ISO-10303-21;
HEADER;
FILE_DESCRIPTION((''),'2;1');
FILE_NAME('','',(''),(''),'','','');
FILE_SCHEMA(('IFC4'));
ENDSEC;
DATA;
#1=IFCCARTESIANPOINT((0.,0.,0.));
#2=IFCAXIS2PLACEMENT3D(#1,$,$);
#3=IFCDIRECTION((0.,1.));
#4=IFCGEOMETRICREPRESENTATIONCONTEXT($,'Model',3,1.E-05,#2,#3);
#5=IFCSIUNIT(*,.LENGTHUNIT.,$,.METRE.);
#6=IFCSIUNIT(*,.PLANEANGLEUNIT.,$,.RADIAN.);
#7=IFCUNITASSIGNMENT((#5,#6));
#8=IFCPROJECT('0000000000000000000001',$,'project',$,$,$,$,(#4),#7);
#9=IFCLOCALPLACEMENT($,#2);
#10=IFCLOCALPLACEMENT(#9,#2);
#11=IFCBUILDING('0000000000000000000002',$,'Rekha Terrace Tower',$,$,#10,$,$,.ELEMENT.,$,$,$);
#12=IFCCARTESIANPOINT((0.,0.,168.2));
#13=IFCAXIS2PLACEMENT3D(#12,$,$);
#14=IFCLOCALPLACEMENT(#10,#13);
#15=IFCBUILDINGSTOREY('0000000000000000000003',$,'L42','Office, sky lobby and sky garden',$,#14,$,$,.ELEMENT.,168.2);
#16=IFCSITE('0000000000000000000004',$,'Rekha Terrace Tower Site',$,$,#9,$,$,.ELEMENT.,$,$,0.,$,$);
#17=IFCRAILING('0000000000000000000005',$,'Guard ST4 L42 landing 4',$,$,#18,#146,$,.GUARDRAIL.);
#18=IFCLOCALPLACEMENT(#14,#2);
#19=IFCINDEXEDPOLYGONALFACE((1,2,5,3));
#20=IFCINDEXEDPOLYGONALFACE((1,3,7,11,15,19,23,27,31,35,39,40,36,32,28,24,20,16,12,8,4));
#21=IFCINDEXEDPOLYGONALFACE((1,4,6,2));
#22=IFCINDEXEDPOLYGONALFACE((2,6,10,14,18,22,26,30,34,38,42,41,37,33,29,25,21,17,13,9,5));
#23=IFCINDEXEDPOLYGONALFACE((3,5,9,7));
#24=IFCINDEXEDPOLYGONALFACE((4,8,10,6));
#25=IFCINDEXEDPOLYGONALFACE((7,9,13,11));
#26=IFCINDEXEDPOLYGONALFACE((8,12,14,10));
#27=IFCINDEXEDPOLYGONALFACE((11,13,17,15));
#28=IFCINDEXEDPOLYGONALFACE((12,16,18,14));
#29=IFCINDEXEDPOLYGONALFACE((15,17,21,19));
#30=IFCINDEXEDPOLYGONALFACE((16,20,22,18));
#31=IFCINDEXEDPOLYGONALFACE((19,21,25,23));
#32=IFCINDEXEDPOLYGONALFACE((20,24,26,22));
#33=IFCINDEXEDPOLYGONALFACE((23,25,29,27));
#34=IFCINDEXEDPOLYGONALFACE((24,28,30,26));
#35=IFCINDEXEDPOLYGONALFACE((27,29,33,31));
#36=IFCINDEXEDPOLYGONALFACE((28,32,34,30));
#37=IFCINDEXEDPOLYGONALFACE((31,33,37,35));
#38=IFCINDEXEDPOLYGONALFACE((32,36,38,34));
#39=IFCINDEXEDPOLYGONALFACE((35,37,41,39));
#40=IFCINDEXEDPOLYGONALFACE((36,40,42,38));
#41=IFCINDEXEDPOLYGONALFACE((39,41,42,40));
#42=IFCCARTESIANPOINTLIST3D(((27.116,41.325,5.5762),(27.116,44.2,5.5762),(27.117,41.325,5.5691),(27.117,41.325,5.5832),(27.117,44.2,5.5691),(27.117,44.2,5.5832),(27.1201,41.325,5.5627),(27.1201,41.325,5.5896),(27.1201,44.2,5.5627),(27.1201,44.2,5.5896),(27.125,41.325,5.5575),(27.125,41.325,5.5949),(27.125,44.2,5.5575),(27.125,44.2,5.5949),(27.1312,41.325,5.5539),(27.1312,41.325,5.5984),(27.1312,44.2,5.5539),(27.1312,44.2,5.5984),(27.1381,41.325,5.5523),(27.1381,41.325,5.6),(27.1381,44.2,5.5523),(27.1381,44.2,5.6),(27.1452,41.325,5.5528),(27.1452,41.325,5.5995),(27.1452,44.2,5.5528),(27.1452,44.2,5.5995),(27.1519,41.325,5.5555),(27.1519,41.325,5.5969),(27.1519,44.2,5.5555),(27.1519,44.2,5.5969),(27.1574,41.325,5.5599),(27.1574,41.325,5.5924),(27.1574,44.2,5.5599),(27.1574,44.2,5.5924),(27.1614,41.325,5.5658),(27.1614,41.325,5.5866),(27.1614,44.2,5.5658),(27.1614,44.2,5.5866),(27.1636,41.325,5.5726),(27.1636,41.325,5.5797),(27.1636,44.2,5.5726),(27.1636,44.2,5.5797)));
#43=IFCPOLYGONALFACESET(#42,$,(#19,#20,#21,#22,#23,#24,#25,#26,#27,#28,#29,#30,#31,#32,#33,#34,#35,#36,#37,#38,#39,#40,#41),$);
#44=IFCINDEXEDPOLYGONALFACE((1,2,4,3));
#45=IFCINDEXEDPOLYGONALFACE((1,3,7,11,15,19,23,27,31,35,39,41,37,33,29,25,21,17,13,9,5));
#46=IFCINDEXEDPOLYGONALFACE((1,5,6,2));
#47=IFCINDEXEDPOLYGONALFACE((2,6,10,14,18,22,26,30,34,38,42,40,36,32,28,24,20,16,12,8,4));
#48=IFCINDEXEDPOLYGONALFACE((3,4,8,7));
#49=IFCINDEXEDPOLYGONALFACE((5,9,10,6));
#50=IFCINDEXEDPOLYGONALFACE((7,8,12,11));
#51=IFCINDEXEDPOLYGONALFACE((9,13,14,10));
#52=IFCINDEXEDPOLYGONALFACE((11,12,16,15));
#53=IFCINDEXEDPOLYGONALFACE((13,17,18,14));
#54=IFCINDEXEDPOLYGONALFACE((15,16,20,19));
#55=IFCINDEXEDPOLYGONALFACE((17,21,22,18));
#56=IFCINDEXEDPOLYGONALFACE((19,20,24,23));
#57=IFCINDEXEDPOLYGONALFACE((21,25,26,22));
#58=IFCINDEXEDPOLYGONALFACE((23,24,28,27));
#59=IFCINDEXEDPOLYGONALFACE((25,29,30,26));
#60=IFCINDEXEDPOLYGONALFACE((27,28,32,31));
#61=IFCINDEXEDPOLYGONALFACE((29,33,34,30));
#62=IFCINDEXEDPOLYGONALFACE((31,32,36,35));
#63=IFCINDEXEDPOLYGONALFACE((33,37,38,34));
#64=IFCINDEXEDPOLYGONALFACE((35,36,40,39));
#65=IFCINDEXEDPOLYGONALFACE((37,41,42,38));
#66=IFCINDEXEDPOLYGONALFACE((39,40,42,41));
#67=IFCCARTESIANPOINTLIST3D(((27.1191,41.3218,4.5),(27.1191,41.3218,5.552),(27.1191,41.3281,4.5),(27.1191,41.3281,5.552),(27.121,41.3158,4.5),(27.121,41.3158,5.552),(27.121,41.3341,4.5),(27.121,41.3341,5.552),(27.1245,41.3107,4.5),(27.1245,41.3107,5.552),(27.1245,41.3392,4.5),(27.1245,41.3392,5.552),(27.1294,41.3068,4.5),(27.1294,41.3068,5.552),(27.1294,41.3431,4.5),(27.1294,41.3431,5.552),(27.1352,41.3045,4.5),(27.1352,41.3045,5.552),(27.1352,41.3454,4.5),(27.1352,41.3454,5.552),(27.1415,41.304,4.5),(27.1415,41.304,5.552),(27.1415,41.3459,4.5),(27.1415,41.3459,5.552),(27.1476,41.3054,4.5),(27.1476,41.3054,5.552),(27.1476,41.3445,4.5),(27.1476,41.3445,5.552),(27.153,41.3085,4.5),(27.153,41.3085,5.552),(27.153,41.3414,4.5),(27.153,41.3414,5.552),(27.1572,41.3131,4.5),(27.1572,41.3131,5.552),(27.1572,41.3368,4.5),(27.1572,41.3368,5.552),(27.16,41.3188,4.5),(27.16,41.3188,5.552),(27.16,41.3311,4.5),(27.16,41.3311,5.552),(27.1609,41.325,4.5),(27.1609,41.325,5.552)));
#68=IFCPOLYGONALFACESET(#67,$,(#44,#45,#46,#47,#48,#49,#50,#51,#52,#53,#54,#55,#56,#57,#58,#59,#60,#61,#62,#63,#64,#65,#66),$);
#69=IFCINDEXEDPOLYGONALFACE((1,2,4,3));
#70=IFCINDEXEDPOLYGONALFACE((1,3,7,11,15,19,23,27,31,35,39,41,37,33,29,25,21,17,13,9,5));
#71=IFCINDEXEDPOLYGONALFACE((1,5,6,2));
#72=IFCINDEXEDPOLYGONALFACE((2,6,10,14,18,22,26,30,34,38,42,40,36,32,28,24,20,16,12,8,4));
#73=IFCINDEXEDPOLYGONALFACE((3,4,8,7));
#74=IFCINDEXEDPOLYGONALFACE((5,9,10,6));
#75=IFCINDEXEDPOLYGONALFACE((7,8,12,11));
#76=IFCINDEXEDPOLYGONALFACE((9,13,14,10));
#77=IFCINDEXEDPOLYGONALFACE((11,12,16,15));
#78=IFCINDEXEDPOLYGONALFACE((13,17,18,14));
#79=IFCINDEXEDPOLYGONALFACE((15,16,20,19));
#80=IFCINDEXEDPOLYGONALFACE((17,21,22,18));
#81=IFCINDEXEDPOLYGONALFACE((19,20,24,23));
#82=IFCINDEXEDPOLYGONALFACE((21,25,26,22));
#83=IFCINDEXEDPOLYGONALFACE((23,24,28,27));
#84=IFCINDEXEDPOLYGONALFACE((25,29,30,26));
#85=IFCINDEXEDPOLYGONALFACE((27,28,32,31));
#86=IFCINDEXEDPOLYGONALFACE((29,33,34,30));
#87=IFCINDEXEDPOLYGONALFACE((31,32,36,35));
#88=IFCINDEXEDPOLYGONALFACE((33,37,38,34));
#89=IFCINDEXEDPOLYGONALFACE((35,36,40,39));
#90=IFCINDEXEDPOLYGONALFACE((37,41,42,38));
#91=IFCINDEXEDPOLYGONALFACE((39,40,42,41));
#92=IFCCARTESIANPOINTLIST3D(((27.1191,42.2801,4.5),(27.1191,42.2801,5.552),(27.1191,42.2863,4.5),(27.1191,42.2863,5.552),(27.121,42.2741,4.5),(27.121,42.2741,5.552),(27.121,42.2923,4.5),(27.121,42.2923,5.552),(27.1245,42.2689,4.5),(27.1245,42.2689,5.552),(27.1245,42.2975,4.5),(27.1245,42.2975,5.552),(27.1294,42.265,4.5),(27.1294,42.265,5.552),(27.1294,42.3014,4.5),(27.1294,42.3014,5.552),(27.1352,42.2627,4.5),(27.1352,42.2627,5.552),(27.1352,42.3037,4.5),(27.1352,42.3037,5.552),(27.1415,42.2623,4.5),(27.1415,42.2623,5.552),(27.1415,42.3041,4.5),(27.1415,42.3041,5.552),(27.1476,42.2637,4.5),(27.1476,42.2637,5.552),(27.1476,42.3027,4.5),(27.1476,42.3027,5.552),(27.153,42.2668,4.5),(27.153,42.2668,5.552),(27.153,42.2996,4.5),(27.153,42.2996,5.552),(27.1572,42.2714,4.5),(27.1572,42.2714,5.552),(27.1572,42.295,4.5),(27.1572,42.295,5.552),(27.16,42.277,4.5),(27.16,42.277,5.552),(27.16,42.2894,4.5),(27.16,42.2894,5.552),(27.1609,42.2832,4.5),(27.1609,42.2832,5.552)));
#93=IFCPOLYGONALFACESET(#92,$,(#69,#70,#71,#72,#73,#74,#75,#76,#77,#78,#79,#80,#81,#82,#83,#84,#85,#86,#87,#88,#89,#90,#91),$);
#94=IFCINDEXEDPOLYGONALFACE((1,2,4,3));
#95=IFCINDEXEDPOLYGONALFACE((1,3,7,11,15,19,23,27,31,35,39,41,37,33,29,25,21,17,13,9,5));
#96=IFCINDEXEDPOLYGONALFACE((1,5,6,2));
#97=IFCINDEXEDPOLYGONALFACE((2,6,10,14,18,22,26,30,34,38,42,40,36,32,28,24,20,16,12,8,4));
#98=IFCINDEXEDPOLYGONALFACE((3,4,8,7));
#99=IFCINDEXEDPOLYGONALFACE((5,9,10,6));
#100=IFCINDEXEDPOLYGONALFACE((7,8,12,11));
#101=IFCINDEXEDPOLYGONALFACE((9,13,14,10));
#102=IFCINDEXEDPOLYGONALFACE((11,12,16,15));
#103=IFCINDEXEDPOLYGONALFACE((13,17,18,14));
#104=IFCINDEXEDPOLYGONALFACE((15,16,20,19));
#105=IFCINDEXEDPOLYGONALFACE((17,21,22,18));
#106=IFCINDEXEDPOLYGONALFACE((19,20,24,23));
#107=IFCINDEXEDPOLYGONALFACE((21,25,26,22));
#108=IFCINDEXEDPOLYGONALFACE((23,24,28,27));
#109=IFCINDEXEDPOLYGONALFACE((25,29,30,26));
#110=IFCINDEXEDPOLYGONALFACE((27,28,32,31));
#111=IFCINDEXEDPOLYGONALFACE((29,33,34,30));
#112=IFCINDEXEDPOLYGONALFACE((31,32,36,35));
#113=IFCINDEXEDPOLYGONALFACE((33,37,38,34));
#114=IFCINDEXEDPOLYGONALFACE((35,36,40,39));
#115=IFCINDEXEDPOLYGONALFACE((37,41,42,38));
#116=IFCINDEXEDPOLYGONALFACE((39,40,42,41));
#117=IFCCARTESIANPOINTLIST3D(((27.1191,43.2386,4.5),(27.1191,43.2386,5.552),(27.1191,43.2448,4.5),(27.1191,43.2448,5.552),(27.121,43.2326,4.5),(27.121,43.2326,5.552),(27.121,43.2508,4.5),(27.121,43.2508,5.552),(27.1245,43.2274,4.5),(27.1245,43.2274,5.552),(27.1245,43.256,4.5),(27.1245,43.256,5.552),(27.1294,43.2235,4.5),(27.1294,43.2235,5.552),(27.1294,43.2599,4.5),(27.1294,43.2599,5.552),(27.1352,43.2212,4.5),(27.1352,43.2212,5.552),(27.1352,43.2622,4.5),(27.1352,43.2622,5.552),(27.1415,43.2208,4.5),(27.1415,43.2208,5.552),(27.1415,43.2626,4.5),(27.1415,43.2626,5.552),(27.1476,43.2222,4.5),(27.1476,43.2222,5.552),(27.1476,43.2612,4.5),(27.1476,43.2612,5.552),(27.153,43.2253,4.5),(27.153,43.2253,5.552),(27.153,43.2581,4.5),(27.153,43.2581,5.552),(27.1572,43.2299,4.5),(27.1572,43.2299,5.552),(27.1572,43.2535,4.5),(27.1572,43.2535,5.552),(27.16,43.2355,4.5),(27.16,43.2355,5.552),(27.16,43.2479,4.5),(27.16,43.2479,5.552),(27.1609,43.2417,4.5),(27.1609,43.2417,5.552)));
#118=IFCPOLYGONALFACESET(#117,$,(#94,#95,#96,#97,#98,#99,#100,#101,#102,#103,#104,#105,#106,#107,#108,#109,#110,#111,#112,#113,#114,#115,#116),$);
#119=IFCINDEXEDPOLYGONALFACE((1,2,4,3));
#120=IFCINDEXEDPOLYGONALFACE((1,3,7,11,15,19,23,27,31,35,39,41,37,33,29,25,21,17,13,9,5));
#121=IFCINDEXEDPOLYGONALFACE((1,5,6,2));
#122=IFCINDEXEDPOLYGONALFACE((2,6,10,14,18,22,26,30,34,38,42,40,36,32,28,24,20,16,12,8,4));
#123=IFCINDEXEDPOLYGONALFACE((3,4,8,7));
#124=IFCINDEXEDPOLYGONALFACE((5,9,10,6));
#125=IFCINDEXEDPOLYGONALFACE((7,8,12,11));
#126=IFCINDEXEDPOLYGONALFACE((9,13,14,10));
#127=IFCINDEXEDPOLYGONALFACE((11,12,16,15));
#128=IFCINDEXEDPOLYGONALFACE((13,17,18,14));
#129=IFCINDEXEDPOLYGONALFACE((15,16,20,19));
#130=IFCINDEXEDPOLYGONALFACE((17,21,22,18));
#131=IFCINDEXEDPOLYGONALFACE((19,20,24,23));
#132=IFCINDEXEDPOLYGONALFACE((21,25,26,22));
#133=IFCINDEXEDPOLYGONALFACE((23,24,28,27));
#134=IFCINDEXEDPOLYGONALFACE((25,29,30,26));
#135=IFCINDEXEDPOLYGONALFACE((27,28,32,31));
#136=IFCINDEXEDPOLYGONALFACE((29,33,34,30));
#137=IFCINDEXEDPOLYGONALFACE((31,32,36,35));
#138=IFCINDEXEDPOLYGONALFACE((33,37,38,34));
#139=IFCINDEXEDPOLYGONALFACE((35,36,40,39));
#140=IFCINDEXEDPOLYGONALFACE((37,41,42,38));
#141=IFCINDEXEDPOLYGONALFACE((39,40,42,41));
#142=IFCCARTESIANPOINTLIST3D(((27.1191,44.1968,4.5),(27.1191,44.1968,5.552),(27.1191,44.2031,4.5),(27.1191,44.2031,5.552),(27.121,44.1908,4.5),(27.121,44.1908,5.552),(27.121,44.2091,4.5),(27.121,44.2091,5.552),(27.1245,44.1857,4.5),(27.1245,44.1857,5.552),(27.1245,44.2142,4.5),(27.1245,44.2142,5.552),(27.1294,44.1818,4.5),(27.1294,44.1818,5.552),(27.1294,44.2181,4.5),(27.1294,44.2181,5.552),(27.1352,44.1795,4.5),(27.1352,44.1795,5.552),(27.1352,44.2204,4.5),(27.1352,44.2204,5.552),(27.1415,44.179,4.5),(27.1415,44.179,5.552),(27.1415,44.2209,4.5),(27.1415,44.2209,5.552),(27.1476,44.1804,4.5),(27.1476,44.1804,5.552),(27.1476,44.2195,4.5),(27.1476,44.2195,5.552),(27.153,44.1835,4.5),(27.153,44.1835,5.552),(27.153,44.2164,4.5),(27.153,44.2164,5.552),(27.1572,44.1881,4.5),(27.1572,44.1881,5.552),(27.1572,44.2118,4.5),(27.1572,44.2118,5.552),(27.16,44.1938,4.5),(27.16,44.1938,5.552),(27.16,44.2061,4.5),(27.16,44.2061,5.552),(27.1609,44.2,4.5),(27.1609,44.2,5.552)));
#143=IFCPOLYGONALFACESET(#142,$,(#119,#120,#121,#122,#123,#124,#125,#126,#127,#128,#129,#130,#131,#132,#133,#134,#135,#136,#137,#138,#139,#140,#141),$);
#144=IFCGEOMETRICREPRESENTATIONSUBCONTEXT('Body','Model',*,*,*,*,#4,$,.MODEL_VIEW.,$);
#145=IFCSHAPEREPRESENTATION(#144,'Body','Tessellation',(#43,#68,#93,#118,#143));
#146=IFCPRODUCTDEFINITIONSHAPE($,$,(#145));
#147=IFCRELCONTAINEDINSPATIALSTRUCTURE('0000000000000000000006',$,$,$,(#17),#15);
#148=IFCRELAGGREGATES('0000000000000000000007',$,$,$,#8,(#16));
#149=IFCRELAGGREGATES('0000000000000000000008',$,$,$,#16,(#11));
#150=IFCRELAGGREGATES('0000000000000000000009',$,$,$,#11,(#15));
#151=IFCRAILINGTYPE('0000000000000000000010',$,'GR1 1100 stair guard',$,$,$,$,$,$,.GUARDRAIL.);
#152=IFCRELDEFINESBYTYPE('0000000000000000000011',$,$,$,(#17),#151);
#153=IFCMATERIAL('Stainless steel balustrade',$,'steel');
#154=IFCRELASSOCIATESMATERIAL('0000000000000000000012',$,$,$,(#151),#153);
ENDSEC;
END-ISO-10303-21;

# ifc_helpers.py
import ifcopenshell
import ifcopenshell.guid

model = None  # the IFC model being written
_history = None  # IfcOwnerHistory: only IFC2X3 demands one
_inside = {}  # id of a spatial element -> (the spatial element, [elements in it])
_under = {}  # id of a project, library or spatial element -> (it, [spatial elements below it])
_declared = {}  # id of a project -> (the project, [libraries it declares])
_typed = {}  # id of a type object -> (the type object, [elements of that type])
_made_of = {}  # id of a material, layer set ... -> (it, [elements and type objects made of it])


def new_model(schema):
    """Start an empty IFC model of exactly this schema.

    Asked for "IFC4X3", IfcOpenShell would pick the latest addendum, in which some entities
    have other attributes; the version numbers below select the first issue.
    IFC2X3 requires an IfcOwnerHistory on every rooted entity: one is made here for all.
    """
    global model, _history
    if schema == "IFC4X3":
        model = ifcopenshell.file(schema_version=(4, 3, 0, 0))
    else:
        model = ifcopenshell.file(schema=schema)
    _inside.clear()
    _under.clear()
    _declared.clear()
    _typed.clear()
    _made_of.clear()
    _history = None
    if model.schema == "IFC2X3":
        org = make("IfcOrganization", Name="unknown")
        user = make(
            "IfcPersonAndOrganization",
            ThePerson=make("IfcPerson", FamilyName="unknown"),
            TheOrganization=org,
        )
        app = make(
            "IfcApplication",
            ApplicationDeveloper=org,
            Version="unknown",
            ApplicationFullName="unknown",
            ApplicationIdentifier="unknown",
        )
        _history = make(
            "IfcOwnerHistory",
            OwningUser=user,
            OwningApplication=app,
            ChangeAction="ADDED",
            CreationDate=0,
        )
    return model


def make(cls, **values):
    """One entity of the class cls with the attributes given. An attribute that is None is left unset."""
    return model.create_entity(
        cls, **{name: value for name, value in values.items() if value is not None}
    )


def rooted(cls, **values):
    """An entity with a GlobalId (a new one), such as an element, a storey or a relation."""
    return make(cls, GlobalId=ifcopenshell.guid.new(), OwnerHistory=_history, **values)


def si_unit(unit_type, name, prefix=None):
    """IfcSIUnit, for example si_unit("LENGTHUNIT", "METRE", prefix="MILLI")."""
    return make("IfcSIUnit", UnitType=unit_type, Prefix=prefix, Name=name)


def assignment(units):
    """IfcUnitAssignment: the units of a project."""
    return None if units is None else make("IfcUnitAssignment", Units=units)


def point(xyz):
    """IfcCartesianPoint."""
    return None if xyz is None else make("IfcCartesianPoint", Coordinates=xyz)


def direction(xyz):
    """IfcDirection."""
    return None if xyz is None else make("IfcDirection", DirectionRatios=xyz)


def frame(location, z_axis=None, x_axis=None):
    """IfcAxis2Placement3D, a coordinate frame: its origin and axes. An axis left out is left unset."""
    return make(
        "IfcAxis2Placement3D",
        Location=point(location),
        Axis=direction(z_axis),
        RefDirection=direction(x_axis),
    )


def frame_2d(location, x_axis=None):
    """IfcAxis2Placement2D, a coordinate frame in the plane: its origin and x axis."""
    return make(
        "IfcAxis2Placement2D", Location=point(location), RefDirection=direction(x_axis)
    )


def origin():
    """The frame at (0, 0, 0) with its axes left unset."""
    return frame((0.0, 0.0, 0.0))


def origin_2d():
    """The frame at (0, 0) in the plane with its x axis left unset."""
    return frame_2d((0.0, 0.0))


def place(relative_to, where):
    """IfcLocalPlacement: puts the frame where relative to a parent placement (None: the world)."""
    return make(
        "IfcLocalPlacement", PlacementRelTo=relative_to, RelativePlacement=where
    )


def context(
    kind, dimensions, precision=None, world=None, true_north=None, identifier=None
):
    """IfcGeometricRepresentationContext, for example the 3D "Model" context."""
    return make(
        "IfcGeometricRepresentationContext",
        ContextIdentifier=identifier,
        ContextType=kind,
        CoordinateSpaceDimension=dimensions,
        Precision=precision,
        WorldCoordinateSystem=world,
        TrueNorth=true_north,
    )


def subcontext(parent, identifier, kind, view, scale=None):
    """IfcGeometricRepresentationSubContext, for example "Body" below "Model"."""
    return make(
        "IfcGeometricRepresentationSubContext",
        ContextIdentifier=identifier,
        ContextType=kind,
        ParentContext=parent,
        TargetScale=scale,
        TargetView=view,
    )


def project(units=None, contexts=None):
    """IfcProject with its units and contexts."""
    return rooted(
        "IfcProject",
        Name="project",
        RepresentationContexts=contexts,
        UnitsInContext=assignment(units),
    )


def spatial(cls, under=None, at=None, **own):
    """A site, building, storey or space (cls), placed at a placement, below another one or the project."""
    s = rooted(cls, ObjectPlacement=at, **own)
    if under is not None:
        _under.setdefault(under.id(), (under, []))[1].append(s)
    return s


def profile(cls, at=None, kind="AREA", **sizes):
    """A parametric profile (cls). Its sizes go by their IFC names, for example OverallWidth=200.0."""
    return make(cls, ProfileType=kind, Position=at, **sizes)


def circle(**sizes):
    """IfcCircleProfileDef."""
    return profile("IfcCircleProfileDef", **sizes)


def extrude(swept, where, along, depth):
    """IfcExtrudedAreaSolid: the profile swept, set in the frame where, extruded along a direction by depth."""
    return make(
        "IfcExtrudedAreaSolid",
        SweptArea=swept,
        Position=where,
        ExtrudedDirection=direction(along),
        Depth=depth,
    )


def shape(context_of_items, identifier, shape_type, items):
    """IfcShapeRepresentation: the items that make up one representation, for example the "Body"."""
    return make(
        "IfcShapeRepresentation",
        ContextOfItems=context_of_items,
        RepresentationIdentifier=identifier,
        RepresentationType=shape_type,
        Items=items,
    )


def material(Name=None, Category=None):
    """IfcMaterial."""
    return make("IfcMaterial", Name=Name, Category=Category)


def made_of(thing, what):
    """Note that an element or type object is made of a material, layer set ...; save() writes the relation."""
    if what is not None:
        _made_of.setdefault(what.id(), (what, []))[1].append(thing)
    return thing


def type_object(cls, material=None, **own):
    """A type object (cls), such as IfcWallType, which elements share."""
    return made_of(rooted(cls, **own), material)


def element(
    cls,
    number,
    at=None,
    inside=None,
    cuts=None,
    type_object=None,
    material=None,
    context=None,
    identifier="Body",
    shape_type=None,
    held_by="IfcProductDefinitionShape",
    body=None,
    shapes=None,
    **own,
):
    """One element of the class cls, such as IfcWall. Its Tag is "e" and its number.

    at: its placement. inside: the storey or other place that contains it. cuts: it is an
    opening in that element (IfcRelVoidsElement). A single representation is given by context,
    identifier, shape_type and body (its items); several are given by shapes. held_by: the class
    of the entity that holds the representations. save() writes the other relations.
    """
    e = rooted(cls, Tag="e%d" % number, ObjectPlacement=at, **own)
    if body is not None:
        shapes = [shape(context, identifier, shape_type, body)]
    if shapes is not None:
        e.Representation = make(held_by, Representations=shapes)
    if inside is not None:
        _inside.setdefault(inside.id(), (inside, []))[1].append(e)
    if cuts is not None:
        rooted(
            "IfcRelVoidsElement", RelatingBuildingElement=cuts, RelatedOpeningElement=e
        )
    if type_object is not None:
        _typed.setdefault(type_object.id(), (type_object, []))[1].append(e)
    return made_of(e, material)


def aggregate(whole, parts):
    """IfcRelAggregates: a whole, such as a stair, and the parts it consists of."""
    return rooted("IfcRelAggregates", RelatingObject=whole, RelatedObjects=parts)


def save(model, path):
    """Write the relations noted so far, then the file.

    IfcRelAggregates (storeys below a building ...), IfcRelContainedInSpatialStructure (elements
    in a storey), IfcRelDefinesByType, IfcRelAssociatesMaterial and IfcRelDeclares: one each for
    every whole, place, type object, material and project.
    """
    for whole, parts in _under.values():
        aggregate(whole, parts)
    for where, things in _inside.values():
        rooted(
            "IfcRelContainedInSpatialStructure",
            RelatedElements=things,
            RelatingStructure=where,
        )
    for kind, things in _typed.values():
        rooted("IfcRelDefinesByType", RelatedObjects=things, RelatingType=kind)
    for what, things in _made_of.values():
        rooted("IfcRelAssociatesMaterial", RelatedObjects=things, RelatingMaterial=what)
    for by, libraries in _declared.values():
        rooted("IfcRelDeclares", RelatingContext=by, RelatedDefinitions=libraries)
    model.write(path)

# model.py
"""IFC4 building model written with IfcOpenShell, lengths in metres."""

from ifc_helpers import new_model, si_unit, direction, frame, origin, origin_2d, place, context, subcontext, project, spatial, circle, extrude, material, type_object, element, save


model = new_model("IFC4")

# Units and contexts
model_context = context("Model", 3, precision=1e-05, world=origin(), true_north=direction((0.0, 1.0)))
body_context = subcontext(model_context, "Body", "Model", "MODEL_VIEW")
ifc_project = project(units=[si_unit("LENGTHUNIT", "METRE"), si_unit("PLANEANGLEUNIT", "RADIAN")], contexts=[model_context])

# Site, building, storey
site_placement = place(None, origin())
site = spatial("IfcSite", under=ifc_project, at=site_placement, Name="Rekha Terrace Tower Site", CompositionType="ELEMENT", RefElevation=0.0)
building_placement = place(site_placement, origin())
building = spatial("IfcBuilding", under=site, at=building_placement, Name="Rekha Terrace Tower", CompositionType="ELEMENT")
storey_placement = place(building_placement, frame((0.0, 0.0, 168.2)))
storey = spatial("IfcBuildingStorey", under=building, at=storey_placement, Name="L42", Description="Office, sky lobby and sky garden", CompositionType="ELEMENT", Elevation=168.2)

# Railing
ifc_material_1 = material(Name="Stainless steel balustrade", Category="steel")
railing_type_1 = type_object("IfcRailingType", Name="GR1 1100 stair guard", PredefinedType="GUARDRAIL", material=ifc_material_1)
railing_1_placement = place(storey_placement, frame((27.1399, 41.325, 4.5)))
element("IfcRailing", 1, at=railing_1_placement, inside=storey, type_object=railing_type_1, Name="Guard ST4 L42 landing 4", PredefinedType="GUARDRAIL", context=body_context, shape_type="SweptSolid", body=[
    extrude(circle(Radius=0.0239, at=origin_2d()), frame((0.0, 0.0, 1.0762), z_axis=(0.0, 1.0, 0.0), x_axis=(-1.0, 0.0, 0.0)), (0.0, 0.0, 1.0), 2.875),
    extrude(circle(Radius=0.021, at=origin_2d()), origin(), (0.0, 0.0, 1.0), 1.052),
    extrude(circle(Radius=0.021, at=origin_2d()), frame((0.0, 0.9583, 0.0)), (0.0, 0.0, 1.0), 1.052),
    extrude(circle(Radius=0.021, at=origin_2d()), frame((0.0, 1.9167, 0.0)), (0.0, 0.0, 1.0), 1.052),
    extrude(circle(Radius=0.021, at=origin_2d()), frame((0.0, 2.875, 0.0)), (0.0, 0.0, 1.0), 1.052),
])

save(model, "model.ifc")
